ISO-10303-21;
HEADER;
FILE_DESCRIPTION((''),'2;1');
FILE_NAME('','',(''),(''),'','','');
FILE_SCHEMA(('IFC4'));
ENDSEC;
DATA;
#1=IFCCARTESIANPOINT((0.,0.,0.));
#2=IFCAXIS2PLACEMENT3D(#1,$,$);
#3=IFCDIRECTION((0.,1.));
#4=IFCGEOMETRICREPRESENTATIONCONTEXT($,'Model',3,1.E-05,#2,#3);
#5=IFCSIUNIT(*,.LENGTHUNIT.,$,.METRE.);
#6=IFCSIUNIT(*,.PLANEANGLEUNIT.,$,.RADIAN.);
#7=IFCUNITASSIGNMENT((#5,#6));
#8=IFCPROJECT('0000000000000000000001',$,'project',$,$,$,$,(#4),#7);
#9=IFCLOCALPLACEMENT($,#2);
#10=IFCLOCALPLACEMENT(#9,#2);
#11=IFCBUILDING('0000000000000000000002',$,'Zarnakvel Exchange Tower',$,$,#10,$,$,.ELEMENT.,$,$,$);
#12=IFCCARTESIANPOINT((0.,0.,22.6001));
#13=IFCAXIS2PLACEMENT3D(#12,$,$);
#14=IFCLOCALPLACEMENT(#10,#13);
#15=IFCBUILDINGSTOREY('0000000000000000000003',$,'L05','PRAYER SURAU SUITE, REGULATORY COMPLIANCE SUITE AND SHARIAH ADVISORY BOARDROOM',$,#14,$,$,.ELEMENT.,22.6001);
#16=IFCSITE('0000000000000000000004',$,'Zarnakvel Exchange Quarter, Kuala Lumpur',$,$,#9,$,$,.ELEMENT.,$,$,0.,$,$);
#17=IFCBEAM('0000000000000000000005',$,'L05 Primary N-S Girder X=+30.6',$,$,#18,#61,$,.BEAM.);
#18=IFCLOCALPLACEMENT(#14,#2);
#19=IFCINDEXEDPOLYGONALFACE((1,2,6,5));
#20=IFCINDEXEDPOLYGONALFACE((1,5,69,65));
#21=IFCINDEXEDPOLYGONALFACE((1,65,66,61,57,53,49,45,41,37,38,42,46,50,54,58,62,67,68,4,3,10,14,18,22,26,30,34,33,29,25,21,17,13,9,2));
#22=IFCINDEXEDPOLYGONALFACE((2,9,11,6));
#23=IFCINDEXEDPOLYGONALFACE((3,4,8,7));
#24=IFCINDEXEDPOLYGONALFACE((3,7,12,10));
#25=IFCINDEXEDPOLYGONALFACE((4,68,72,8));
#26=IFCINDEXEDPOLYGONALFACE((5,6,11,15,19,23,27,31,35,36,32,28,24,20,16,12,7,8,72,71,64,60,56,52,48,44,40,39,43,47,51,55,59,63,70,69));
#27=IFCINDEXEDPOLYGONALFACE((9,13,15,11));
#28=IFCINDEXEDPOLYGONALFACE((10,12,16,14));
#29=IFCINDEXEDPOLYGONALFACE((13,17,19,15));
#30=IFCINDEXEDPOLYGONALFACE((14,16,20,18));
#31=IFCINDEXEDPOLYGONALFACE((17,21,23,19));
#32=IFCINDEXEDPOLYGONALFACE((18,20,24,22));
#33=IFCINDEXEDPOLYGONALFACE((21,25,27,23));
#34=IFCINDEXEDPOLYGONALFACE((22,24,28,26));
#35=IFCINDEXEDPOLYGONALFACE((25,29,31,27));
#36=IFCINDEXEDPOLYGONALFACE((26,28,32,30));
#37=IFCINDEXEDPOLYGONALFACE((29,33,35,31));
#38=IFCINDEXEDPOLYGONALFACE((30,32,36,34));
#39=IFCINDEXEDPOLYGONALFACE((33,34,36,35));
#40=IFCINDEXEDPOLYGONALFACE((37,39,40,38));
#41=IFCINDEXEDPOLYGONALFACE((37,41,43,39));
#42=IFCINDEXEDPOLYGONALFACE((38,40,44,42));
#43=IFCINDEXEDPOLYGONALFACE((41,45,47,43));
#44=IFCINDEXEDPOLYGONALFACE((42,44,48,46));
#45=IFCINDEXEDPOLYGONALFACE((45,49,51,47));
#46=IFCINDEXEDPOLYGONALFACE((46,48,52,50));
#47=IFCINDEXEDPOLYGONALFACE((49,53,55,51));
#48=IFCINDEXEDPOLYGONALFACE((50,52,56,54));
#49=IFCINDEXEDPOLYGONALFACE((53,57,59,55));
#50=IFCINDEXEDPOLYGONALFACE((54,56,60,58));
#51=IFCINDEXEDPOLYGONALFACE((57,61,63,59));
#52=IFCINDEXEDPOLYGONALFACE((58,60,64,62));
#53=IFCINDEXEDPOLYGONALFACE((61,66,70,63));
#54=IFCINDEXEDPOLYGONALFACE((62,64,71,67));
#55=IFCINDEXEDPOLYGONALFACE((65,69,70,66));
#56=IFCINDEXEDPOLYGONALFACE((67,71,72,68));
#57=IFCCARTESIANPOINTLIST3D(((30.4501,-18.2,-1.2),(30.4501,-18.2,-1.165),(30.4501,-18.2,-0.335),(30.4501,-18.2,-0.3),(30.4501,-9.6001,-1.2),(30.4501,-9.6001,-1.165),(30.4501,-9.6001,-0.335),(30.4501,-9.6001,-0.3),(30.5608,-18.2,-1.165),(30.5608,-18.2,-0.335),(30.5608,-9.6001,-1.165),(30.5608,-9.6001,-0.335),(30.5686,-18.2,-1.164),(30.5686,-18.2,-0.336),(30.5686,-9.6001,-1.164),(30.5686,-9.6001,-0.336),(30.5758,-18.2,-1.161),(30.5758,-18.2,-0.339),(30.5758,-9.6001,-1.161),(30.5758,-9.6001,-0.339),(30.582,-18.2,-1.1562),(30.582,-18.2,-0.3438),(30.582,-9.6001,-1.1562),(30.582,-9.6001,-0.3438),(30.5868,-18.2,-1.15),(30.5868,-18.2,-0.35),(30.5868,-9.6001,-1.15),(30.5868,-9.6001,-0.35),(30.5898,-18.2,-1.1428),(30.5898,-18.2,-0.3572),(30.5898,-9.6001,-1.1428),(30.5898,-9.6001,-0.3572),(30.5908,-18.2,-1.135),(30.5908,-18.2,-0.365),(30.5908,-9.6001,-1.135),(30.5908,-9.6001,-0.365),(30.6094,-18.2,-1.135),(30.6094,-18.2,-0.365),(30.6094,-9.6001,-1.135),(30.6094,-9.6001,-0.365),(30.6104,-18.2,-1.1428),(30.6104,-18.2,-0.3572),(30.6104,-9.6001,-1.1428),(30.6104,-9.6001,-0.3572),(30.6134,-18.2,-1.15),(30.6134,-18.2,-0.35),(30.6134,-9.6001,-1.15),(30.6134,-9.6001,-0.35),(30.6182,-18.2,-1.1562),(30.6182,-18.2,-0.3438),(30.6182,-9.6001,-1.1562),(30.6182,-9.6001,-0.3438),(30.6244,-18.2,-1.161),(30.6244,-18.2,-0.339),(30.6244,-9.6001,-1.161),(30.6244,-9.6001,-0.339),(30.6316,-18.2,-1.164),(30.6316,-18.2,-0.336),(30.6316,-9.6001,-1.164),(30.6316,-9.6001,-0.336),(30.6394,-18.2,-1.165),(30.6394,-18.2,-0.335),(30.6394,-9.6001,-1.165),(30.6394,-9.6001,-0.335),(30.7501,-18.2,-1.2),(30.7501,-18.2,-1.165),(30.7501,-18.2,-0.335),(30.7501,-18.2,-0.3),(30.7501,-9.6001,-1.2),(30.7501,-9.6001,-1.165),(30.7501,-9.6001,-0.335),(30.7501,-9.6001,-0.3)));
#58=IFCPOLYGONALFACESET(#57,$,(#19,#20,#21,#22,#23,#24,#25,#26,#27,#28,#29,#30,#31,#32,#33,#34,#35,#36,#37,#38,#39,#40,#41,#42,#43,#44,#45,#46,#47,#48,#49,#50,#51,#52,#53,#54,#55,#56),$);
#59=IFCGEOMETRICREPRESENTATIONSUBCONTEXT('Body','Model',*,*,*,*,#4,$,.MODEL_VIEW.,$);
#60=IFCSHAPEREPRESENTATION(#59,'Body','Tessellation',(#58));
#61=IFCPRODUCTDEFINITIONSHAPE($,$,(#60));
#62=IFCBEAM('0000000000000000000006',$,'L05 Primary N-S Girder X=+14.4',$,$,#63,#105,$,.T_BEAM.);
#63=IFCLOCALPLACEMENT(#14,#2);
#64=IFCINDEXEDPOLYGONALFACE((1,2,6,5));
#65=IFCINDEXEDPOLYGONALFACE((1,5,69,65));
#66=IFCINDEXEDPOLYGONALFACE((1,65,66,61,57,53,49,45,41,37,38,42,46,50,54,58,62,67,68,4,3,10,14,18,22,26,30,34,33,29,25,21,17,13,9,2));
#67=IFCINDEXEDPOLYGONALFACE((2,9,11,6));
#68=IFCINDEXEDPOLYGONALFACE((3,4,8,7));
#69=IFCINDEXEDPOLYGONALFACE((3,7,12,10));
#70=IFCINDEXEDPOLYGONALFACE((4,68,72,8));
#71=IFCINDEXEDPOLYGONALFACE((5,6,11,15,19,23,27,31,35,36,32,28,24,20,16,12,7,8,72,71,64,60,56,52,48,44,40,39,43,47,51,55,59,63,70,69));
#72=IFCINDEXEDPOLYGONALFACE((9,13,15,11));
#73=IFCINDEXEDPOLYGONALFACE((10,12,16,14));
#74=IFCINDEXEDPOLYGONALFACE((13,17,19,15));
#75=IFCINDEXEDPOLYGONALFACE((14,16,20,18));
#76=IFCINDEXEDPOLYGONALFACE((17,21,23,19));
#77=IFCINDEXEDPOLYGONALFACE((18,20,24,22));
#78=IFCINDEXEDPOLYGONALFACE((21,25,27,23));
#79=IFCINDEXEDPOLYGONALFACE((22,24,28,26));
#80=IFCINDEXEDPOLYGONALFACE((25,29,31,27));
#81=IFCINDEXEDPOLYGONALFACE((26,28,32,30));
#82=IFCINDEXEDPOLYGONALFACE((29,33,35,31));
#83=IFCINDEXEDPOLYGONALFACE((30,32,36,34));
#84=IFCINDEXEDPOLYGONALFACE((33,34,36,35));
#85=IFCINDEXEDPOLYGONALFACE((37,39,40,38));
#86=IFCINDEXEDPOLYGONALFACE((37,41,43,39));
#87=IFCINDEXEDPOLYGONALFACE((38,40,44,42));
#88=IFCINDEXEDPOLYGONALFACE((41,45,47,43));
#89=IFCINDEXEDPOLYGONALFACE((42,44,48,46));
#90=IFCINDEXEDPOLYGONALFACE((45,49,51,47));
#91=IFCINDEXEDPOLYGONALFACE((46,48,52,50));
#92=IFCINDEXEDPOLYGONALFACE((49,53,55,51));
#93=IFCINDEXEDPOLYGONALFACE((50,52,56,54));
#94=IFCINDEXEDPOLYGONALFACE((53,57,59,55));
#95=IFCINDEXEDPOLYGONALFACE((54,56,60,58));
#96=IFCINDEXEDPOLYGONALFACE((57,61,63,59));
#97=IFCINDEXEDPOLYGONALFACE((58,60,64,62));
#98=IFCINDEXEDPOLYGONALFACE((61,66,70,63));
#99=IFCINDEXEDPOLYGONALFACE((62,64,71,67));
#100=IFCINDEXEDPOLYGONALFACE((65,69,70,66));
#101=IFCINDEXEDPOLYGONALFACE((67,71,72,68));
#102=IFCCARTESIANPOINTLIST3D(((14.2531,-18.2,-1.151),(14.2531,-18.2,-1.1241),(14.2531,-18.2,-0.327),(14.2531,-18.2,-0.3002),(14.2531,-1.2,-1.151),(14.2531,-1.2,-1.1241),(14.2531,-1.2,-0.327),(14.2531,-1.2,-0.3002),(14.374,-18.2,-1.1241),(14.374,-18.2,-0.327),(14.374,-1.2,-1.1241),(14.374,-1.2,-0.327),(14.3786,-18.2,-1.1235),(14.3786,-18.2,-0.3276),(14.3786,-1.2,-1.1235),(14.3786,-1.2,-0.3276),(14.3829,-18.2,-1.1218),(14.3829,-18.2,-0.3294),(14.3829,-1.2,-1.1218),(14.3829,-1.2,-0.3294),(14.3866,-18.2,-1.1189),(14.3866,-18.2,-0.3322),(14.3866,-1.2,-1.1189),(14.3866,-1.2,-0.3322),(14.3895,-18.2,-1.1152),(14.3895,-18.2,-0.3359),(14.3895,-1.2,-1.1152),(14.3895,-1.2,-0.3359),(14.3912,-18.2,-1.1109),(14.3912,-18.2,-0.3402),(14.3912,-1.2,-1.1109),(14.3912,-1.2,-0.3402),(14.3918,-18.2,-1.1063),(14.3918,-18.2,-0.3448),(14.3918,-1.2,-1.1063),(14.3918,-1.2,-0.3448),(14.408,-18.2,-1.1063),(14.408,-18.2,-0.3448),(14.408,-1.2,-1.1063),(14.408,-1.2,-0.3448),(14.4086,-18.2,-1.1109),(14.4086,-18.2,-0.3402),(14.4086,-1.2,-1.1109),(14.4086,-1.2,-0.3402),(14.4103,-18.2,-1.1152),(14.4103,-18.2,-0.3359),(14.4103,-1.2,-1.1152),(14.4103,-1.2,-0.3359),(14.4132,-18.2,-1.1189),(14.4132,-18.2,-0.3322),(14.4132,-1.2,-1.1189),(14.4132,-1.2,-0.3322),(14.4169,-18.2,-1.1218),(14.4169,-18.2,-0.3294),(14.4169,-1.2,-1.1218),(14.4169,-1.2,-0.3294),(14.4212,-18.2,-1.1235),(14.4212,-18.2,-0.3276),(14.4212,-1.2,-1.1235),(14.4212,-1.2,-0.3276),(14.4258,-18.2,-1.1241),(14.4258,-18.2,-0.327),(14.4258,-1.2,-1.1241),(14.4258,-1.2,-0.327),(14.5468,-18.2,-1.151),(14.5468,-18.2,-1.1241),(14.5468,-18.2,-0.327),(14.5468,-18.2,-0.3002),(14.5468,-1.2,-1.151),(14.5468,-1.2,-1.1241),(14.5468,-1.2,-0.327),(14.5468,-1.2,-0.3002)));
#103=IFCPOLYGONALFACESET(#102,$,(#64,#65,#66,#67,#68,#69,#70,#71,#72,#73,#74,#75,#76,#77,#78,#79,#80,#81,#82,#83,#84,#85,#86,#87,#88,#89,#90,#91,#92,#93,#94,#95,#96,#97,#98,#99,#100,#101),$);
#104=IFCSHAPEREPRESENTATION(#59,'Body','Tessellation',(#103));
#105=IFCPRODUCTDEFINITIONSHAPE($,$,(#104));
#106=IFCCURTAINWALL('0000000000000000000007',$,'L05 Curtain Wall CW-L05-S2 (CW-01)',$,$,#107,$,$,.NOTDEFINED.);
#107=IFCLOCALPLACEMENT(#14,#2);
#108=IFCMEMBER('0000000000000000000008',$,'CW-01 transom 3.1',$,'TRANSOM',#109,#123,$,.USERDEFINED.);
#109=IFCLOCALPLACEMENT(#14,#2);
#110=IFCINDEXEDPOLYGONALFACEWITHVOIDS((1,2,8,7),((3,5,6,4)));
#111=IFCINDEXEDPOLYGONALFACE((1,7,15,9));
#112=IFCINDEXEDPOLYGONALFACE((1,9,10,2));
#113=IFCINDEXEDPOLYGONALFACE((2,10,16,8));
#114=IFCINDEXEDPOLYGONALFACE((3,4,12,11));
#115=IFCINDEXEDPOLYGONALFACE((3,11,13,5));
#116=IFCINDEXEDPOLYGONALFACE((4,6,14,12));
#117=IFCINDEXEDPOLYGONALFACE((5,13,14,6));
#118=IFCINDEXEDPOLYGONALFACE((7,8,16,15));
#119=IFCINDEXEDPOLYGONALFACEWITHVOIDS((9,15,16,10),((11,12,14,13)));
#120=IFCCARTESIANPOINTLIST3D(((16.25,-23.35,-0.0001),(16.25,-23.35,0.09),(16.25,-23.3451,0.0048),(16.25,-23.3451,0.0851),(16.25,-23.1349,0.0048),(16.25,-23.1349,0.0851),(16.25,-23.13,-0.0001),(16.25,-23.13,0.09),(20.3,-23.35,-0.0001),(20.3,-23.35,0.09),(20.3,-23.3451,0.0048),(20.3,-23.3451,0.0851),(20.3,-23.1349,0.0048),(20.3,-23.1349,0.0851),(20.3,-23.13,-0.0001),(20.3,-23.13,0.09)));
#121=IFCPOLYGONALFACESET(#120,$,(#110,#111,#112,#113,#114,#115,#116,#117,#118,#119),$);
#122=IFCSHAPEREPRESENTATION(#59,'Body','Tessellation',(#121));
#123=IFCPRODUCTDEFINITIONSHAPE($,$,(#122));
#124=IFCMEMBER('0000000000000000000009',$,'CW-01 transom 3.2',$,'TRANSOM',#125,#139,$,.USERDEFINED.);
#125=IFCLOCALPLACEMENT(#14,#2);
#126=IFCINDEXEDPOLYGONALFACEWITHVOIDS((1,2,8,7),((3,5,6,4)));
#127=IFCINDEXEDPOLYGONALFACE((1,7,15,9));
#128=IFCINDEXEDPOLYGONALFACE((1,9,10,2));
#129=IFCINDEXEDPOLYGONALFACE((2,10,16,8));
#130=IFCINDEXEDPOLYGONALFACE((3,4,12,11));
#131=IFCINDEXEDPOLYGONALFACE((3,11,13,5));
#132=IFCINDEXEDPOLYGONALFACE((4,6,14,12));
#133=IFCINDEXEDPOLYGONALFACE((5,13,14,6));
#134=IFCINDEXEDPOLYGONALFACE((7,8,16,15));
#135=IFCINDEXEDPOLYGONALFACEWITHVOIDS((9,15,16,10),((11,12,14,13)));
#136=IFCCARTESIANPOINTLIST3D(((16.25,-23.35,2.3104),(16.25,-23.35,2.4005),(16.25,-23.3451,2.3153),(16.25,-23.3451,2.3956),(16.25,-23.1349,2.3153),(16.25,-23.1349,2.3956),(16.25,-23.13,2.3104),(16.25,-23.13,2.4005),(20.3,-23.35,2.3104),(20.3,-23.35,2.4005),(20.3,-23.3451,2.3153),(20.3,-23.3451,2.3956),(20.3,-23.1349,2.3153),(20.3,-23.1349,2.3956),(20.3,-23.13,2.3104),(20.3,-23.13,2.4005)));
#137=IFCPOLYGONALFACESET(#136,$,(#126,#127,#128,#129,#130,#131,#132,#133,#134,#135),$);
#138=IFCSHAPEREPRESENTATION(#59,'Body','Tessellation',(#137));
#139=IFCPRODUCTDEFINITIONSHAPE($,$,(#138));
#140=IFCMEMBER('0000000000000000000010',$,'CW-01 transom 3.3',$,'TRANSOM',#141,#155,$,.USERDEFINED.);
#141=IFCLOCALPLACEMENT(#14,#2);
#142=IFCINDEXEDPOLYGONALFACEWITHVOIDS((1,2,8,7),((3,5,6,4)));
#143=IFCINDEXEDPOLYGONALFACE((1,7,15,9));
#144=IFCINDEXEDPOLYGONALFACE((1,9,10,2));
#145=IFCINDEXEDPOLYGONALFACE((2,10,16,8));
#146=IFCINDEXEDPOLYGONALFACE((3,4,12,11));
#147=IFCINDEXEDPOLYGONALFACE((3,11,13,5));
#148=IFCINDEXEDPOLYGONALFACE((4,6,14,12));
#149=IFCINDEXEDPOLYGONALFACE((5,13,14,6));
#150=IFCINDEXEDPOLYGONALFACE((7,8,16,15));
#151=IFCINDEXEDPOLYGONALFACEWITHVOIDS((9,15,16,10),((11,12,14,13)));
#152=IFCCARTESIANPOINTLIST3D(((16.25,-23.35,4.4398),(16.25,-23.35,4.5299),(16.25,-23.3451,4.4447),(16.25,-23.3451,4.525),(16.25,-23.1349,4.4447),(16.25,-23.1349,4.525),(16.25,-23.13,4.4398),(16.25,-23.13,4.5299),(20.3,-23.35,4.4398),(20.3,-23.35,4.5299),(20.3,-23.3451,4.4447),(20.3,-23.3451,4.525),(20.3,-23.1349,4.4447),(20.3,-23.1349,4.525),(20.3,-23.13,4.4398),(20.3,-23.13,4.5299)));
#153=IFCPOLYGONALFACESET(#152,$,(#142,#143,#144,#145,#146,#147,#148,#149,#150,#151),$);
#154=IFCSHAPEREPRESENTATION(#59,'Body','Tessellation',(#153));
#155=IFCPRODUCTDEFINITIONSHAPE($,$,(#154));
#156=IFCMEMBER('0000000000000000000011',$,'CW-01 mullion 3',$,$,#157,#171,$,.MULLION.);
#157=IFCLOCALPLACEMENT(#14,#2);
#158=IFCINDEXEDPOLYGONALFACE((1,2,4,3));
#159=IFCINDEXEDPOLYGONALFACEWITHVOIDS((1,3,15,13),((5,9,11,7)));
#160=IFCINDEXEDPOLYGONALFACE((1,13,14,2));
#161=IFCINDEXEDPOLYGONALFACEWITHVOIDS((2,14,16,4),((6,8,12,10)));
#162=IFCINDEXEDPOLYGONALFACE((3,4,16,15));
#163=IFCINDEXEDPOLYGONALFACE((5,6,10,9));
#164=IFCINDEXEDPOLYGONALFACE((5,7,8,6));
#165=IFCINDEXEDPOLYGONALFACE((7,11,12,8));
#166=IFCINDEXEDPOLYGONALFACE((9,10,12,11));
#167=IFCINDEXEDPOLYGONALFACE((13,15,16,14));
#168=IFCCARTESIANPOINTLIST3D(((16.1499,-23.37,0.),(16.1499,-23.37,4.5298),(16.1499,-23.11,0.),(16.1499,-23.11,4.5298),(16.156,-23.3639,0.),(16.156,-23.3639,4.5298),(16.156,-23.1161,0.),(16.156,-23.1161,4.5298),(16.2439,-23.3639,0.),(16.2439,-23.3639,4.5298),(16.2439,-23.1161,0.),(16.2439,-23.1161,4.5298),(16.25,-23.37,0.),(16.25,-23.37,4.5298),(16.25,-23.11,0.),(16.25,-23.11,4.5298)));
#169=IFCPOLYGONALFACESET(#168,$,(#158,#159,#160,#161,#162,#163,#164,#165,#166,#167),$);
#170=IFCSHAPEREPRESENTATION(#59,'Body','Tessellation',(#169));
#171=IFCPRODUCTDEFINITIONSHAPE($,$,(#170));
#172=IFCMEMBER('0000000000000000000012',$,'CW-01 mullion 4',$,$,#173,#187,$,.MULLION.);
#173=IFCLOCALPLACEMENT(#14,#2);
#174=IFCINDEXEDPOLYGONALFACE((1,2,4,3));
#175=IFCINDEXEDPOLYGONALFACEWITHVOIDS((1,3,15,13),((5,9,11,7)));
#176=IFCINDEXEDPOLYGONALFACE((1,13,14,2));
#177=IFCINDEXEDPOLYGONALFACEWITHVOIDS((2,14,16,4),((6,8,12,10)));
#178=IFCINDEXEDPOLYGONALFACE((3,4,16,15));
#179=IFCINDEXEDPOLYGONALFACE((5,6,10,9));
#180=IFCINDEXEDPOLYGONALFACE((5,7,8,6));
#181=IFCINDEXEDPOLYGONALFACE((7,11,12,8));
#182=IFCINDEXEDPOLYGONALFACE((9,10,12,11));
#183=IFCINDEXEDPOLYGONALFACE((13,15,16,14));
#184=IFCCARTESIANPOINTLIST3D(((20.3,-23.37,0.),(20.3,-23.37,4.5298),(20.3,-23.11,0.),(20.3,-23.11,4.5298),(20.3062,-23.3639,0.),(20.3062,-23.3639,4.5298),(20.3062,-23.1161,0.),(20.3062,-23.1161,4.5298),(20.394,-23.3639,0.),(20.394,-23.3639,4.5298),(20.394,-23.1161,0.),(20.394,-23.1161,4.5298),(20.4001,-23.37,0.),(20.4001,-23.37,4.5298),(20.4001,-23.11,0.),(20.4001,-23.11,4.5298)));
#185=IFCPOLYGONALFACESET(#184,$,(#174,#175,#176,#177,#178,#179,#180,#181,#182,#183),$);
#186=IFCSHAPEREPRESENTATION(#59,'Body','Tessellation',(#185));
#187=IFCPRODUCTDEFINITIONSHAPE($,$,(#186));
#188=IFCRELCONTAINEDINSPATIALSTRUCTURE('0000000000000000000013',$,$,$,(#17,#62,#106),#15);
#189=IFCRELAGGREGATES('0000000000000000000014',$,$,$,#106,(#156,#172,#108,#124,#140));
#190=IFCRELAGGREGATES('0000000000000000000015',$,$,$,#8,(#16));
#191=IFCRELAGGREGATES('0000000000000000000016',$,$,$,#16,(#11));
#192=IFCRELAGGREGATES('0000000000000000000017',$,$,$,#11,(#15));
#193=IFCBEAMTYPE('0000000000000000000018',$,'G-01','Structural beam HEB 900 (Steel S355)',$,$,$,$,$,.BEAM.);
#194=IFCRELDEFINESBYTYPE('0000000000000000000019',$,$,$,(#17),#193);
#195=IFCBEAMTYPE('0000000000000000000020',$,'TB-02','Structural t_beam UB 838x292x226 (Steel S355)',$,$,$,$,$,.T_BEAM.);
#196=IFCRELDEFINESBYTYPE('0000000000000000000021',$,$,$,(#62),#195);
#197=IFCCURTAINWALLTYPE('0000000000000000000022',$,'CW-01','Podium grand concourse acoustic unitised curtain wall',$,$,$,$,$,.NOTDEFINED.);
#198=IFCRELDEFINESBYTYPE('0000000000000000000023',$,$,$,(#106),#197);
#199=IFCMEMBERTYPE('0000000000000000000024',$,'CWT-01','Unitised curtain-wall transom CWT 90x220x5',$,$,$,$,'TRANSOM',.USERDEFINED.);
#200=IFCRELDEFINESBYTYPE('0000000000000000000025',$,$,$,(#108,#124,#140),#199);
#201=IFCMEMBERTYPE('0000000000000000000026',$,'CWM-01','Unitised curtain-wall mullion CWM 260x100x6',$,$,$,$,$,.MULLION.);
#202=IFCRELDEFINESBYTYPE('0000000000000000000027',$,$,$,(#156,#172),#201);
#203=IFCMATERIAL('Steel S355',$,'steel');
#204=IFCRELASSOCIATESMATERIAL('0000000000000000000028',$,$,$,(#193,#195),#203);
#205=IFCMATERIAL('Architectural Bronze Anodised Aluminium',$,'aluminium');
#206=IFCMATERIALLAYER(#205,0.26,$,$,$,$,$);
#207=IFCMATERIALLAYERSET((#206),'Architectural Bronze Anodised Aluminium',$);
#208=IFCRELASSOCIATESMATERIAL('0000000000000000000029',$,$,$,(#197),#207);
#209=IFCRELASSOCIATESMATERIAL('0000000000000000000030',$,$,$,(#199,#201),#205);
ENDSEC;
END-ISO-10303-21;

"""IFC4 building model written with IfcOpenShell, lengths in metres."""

from ifc_helpers import new_model, si_unit, direction, frame, origin, origin_2d, place, context, subcontext, project, spatial, hollow_rectangle, i_section, extrude, source, transform, mapped, material, layer, layer_set, material_profile, profile_set, type_object, element, aggregate, save


model = new_model("IFC4")

# Units and contexts
model_context = context("Model", 3, precision=1e-05, world=origin(), true_north=direction((0.0, 1.0)))
body_context = subcontext(model_context, "Body", "Model", "MODEL_VIEW")
ifc_project = project(units=[si_unit("LENGTHUNIT", "METRE"), si_unit("PLANEANGLEUNIT", "RADIAN")], contexts=[model_context])

# Site, building, storey
site_placement = place(None, origin())
site = spatial("IfcSite", under=ifc_project, at=site_placement, Name="Zarnakvel Exchange Quarter, Kuala Lumpur", CompositionType="ELEMENT", RefElevation=0.0)
building_placement = place(site_placement, origin())
building = spatial("IfcBuilding", under=site, at=building_placement, Name="Zarnakvel Exchange Tower", CompositionType="ELEMENT")
storey_placement = place(building_placement, frame((0.0, 0.0, 22.6001)))
storey = spatial("IfcBuildingStorey", under=building, at=storey_placement, Name="L05", Description="PRAYER SURAU SUITE, REGULATORY COMPLIANCE SUITE AND SHARIAH ADVISORY BOARDROOM", CompositionType="ELEMENT", Elevation=22.6001)

# Beams
ifc_material_1 = material(Name="Steel S355", Category="steel")
ifc_material_profile_1 = material_profile(ifc_material_1, i_section(OverallWidth=0.3, OverallDepth=0.8999, WebThickness=0.0186, FlangeThickness=0.0349, FilletRadius=0.03, at=origin_2d()))
ifc_profile_set_1 = profile_set([ifc_material_profile_1], Name="Steel S355")
beam_type_1 = type_object("IfcBeamType", Name="G-01", Description="Structural beam HEB 900 (Steel S355)", PredefinedType="BEAM", material=ifc_profile_set_1)
for number, where, z_axis, x_axis, name in (
    (1, (30.6001, -18.2, -0.75), (0.0, 1.0, 0.0), (-1.0, 0.0, 0.0), "L05 Primary N-S Girder X=+30.6"),
):
    element("IfcBeam", number, at=place(storey_placement, frame(where, z_axis=z_axis, x_axis=x_axis)), inside=storey, type_object=beam_type_1, Name=name, PredefinedType="BEAM", context=body_context, shape_type="SweptSolid", body=[
        extrude(i_section(OverallWidth=0.3, OverallDepth=0.8999, WebThickness=0.0186, FlangeThickness=0.0349, FilletRadius=0.03, at=origin_2d()), origin(), (0.0, 0.0, 1.0), 8.5999),
    ])
ifc_material_profile_2 = material_profile(ifc_material_1, i_section(OverallWidth=0.2937, OverallDepth=0.8508, WebThickness=0.0161, FlangeThickness=0.0269, FilletRadius=0.0178, at=origin_2d()))
ifc_profile_set_2 = profile_set([ifc_material_profile_2], Name="Steel S355")
beam_type_2 = type_object("IfcBeamType", Name="TB-02", Description="Structural t_beam UB 838x292x226 (Steel S355)", PredefinedType="T_BEAM", material=ifc_profile_set_2)
beam_1_placement = place(storey_placement, frame((14.3999, -18.2, -0.7256), z_axis=(0.0, 1.0, 0.0), x_axis=(-1.0, 0.0, 0.0)))
element("IfcBeam", 2, at=beam_1_placement, inside=storey, type_object=beam_type_2, Name="L05 Primary N-S Girder X=+14.4", PredefinedType="T_BEAM", context=body_context, shape_type="SweptSolid", body=[
    extrude(i_section(OverallWidth=0.2937, OverallDepth=0.8508, WebThickness=0.0161, FlangeThickness=0.0269, FilletRadius=0.0178, at=origin_2d()), origin(), (0.0, 0.0, 1.0), 17.0),
])

# Curtain wall, members
ifc_material_2 = material(Name="Architectural Bronze Anodised Aluminium", Category="aluminium")
ifc_layer_1 = layer(ifc_material_2, 0.26)
ifc_layer_set_1 = layer_set([ifc_layer_1], Name="Architectural Bronze Anodised Aluminium")
curtain_wall_type = type_object("IfcCurtainWallType", Name="CW-01", Description="Podium grand concourse acoustic unitised curtain wall", PredefinedType="NOTDEFINED", material=ifc_layer_set_1)
curtain_wall_placement = place(storey_placement, origin())
curtain_wall = element("IfcCurtainWall", 3, at=curtain_wall_placement, inside=storey, type_object=curtain_wall_type, Name="L05 Curtain Wall CW-L05-S2 (CW-01)", PredefinedType="NOTDEFINED")
ifc_material_profile_3 = material_profile(ifc_material_2, hollow_rectangle(XDim=0.22, YDim=0.0901, WallThickness=0.0049, at=origin_2d()))
ifc_profile_set_3 = profile_set([ifc_material_profile_3], Name="Architectural Bronze Anodised Aluminium")
member_type_1 = type_object("IfcMemberType", Name="CWT-01", Description="Unitised curtain-wall transom CWT 90x220x5", ElementType="TRANSOM", PredefinedType="USERDEFINED", material=ifc_profile_set_3)
shared_shape_1 = source(origin(), body_context, "Body", "SweptSolid", [
    extrude(hollow_rectangle(XDim=0.22, YDim=0.0901, WallThickness=0.0049, at=origin_2d()), origin(), (0.0, 0.0, 1.0), 4.05),
])
member_1_placement = place(storey_placement, frame((16.25, -23.24, 0.0449), z_axis=(1.0, 0.0, 0.0), x_axis=(0.0, 1.0, 0.0)))
member_1 = element("IfcMember", 4, at=member_1_placement, type_object=member_type_1, Name="CW-01 transom 3.1", ObjectType="TRANSOM", PredefinedType="USERDEFINED", context=body_context, shape_type="MappedRepresentation", body=[
    mapped(shared_shape_1, transform((0.0, 0.0, 0.0), x_axis=(1.0, 0.0, 0.0), y_axis=(0.0, 1.0, 0.0), z_axis=(0.0, 0.0, 1.0), scale=1.0)),
])
member_2_placement = place(storey_placement, frame((16.25, -23.24, 2.3555), z_axis=(1.0, 0.0, 0.0), x_axis=(0.0, 1.0, 0.0)))
member_2 = element("IfcMember", 5, at=member_2_placement, type_object=member_type_1, Name="CW-01 transom 3.2", ObjectType="TRANSOM", PredefinedType="USERDEFINED", context=body_context, shape_type="MappedRepresentation", body=[
    mapped(shared_shape_1, transform((0.0, 0.0, 0.0), x_axis=(1.0, 0.0, 0.0), y_axis=(0.0, 1.0, 0.0), z_axis=(0.0, 0.0, 1.0), scale=1.0)),
])
member_3_placement = place(storey_placement, frame((16.25, -23.24, 4.4849), z_axis=(1.0, 0.0, 0.0), x_axis=(0.0, 1.0, 0.0)))
member_3 = element("IfcMember", 6, at=member_3_placement, type_object=member_type_1, Name="CW-01 transom 3.3", ObjectType="TRANSOM", PredefinedType="USERDEFINED", context=body_context, shape_type="MappedRepresentation", body=[
    mapped(shared_shape_1, transform((0.0, 0.0, 0.0), x_axis=(1.0, 0.0, 0.0), y_axis=(0.0, 1.0, 0.0), z_axis=(0.0, 0.0, 1.0), scale=1.0)),
])
ifc_material_profile_4 = material_profile(ifc_material_2, hollow_rectangle(XDim=0.26, YDim=0.1001, WallThickness=0.0061, at=origin_2d()))
ifc_profile_set_4 = profile_set([ifc_material_profile_4], Name="Architectural Bronze Anodised Aluminium")
member_type_2 = type_object("IfcMemberType", Name="CWM-01", Description="Unitised curtain-wall mullion CWM 260x100x6", PredefinedType="MULLION", material=ifc_profile_set_4)
shared_shape_2 = source(origin(), body_context, "Body", "SweptSolid", [
    extrude(hollow_rectangle(XDim=0.26, YDim=0.1001, WallThickness=0.0061, at=origin_2d()), origin(), (0.0, 0.0, 1.0), 4.5298),
])
member_4_placement = place(storey_placement, frame((16.2, -23.24, 0.0), z_axis=(0.0, 0.0, 1.0), x_axis=(0.0, 1.0, 0.0)))
member_4 = element("IfcMember", 7, at=member_4_placement, type_object=member_type_2, Name="CW-01 mullion 3", PredefinedType="MULLION", context=body_context, shape_type="MappedRepresentation", body=[
    mapped(shared_shape_2, transform((0.0, 0.0, 0.0), x_axis=(1.0, 0.0, 0.0), y_axis=(0.0, 1.0, 0.0), z_axis=(0.0, 0.0, 1.0), scale=1.0)),
])
member_5_placement = place(storey_placement, frame((20.3501, -23.24, 0.0), z_axis=(0.0, 0.0, 1.0), x_axis=(0.0, 1.0, 0.0)))
member_5 = element("IfcMember", 8, at=member_5_placement, type_object=member_type_2, Name="CW-01 mullion 4", PredefinedType="MULLION", context=body_context, shape_type="MappedRepresentation", body=[
    mapped(shared_shape_2, transform((0.0, 0.0, 0.0), x_axis=(1.0, 0.0, 0.0), y_axis=(0.0, 1.0, 0.0), z_axis=(0.0, 0.0, 1.0), scale=1.0)),
])
aggregate(curtain_wall, [member_4, member_5, member_1, member_2, member_3])

save(model, "model.ifc")
